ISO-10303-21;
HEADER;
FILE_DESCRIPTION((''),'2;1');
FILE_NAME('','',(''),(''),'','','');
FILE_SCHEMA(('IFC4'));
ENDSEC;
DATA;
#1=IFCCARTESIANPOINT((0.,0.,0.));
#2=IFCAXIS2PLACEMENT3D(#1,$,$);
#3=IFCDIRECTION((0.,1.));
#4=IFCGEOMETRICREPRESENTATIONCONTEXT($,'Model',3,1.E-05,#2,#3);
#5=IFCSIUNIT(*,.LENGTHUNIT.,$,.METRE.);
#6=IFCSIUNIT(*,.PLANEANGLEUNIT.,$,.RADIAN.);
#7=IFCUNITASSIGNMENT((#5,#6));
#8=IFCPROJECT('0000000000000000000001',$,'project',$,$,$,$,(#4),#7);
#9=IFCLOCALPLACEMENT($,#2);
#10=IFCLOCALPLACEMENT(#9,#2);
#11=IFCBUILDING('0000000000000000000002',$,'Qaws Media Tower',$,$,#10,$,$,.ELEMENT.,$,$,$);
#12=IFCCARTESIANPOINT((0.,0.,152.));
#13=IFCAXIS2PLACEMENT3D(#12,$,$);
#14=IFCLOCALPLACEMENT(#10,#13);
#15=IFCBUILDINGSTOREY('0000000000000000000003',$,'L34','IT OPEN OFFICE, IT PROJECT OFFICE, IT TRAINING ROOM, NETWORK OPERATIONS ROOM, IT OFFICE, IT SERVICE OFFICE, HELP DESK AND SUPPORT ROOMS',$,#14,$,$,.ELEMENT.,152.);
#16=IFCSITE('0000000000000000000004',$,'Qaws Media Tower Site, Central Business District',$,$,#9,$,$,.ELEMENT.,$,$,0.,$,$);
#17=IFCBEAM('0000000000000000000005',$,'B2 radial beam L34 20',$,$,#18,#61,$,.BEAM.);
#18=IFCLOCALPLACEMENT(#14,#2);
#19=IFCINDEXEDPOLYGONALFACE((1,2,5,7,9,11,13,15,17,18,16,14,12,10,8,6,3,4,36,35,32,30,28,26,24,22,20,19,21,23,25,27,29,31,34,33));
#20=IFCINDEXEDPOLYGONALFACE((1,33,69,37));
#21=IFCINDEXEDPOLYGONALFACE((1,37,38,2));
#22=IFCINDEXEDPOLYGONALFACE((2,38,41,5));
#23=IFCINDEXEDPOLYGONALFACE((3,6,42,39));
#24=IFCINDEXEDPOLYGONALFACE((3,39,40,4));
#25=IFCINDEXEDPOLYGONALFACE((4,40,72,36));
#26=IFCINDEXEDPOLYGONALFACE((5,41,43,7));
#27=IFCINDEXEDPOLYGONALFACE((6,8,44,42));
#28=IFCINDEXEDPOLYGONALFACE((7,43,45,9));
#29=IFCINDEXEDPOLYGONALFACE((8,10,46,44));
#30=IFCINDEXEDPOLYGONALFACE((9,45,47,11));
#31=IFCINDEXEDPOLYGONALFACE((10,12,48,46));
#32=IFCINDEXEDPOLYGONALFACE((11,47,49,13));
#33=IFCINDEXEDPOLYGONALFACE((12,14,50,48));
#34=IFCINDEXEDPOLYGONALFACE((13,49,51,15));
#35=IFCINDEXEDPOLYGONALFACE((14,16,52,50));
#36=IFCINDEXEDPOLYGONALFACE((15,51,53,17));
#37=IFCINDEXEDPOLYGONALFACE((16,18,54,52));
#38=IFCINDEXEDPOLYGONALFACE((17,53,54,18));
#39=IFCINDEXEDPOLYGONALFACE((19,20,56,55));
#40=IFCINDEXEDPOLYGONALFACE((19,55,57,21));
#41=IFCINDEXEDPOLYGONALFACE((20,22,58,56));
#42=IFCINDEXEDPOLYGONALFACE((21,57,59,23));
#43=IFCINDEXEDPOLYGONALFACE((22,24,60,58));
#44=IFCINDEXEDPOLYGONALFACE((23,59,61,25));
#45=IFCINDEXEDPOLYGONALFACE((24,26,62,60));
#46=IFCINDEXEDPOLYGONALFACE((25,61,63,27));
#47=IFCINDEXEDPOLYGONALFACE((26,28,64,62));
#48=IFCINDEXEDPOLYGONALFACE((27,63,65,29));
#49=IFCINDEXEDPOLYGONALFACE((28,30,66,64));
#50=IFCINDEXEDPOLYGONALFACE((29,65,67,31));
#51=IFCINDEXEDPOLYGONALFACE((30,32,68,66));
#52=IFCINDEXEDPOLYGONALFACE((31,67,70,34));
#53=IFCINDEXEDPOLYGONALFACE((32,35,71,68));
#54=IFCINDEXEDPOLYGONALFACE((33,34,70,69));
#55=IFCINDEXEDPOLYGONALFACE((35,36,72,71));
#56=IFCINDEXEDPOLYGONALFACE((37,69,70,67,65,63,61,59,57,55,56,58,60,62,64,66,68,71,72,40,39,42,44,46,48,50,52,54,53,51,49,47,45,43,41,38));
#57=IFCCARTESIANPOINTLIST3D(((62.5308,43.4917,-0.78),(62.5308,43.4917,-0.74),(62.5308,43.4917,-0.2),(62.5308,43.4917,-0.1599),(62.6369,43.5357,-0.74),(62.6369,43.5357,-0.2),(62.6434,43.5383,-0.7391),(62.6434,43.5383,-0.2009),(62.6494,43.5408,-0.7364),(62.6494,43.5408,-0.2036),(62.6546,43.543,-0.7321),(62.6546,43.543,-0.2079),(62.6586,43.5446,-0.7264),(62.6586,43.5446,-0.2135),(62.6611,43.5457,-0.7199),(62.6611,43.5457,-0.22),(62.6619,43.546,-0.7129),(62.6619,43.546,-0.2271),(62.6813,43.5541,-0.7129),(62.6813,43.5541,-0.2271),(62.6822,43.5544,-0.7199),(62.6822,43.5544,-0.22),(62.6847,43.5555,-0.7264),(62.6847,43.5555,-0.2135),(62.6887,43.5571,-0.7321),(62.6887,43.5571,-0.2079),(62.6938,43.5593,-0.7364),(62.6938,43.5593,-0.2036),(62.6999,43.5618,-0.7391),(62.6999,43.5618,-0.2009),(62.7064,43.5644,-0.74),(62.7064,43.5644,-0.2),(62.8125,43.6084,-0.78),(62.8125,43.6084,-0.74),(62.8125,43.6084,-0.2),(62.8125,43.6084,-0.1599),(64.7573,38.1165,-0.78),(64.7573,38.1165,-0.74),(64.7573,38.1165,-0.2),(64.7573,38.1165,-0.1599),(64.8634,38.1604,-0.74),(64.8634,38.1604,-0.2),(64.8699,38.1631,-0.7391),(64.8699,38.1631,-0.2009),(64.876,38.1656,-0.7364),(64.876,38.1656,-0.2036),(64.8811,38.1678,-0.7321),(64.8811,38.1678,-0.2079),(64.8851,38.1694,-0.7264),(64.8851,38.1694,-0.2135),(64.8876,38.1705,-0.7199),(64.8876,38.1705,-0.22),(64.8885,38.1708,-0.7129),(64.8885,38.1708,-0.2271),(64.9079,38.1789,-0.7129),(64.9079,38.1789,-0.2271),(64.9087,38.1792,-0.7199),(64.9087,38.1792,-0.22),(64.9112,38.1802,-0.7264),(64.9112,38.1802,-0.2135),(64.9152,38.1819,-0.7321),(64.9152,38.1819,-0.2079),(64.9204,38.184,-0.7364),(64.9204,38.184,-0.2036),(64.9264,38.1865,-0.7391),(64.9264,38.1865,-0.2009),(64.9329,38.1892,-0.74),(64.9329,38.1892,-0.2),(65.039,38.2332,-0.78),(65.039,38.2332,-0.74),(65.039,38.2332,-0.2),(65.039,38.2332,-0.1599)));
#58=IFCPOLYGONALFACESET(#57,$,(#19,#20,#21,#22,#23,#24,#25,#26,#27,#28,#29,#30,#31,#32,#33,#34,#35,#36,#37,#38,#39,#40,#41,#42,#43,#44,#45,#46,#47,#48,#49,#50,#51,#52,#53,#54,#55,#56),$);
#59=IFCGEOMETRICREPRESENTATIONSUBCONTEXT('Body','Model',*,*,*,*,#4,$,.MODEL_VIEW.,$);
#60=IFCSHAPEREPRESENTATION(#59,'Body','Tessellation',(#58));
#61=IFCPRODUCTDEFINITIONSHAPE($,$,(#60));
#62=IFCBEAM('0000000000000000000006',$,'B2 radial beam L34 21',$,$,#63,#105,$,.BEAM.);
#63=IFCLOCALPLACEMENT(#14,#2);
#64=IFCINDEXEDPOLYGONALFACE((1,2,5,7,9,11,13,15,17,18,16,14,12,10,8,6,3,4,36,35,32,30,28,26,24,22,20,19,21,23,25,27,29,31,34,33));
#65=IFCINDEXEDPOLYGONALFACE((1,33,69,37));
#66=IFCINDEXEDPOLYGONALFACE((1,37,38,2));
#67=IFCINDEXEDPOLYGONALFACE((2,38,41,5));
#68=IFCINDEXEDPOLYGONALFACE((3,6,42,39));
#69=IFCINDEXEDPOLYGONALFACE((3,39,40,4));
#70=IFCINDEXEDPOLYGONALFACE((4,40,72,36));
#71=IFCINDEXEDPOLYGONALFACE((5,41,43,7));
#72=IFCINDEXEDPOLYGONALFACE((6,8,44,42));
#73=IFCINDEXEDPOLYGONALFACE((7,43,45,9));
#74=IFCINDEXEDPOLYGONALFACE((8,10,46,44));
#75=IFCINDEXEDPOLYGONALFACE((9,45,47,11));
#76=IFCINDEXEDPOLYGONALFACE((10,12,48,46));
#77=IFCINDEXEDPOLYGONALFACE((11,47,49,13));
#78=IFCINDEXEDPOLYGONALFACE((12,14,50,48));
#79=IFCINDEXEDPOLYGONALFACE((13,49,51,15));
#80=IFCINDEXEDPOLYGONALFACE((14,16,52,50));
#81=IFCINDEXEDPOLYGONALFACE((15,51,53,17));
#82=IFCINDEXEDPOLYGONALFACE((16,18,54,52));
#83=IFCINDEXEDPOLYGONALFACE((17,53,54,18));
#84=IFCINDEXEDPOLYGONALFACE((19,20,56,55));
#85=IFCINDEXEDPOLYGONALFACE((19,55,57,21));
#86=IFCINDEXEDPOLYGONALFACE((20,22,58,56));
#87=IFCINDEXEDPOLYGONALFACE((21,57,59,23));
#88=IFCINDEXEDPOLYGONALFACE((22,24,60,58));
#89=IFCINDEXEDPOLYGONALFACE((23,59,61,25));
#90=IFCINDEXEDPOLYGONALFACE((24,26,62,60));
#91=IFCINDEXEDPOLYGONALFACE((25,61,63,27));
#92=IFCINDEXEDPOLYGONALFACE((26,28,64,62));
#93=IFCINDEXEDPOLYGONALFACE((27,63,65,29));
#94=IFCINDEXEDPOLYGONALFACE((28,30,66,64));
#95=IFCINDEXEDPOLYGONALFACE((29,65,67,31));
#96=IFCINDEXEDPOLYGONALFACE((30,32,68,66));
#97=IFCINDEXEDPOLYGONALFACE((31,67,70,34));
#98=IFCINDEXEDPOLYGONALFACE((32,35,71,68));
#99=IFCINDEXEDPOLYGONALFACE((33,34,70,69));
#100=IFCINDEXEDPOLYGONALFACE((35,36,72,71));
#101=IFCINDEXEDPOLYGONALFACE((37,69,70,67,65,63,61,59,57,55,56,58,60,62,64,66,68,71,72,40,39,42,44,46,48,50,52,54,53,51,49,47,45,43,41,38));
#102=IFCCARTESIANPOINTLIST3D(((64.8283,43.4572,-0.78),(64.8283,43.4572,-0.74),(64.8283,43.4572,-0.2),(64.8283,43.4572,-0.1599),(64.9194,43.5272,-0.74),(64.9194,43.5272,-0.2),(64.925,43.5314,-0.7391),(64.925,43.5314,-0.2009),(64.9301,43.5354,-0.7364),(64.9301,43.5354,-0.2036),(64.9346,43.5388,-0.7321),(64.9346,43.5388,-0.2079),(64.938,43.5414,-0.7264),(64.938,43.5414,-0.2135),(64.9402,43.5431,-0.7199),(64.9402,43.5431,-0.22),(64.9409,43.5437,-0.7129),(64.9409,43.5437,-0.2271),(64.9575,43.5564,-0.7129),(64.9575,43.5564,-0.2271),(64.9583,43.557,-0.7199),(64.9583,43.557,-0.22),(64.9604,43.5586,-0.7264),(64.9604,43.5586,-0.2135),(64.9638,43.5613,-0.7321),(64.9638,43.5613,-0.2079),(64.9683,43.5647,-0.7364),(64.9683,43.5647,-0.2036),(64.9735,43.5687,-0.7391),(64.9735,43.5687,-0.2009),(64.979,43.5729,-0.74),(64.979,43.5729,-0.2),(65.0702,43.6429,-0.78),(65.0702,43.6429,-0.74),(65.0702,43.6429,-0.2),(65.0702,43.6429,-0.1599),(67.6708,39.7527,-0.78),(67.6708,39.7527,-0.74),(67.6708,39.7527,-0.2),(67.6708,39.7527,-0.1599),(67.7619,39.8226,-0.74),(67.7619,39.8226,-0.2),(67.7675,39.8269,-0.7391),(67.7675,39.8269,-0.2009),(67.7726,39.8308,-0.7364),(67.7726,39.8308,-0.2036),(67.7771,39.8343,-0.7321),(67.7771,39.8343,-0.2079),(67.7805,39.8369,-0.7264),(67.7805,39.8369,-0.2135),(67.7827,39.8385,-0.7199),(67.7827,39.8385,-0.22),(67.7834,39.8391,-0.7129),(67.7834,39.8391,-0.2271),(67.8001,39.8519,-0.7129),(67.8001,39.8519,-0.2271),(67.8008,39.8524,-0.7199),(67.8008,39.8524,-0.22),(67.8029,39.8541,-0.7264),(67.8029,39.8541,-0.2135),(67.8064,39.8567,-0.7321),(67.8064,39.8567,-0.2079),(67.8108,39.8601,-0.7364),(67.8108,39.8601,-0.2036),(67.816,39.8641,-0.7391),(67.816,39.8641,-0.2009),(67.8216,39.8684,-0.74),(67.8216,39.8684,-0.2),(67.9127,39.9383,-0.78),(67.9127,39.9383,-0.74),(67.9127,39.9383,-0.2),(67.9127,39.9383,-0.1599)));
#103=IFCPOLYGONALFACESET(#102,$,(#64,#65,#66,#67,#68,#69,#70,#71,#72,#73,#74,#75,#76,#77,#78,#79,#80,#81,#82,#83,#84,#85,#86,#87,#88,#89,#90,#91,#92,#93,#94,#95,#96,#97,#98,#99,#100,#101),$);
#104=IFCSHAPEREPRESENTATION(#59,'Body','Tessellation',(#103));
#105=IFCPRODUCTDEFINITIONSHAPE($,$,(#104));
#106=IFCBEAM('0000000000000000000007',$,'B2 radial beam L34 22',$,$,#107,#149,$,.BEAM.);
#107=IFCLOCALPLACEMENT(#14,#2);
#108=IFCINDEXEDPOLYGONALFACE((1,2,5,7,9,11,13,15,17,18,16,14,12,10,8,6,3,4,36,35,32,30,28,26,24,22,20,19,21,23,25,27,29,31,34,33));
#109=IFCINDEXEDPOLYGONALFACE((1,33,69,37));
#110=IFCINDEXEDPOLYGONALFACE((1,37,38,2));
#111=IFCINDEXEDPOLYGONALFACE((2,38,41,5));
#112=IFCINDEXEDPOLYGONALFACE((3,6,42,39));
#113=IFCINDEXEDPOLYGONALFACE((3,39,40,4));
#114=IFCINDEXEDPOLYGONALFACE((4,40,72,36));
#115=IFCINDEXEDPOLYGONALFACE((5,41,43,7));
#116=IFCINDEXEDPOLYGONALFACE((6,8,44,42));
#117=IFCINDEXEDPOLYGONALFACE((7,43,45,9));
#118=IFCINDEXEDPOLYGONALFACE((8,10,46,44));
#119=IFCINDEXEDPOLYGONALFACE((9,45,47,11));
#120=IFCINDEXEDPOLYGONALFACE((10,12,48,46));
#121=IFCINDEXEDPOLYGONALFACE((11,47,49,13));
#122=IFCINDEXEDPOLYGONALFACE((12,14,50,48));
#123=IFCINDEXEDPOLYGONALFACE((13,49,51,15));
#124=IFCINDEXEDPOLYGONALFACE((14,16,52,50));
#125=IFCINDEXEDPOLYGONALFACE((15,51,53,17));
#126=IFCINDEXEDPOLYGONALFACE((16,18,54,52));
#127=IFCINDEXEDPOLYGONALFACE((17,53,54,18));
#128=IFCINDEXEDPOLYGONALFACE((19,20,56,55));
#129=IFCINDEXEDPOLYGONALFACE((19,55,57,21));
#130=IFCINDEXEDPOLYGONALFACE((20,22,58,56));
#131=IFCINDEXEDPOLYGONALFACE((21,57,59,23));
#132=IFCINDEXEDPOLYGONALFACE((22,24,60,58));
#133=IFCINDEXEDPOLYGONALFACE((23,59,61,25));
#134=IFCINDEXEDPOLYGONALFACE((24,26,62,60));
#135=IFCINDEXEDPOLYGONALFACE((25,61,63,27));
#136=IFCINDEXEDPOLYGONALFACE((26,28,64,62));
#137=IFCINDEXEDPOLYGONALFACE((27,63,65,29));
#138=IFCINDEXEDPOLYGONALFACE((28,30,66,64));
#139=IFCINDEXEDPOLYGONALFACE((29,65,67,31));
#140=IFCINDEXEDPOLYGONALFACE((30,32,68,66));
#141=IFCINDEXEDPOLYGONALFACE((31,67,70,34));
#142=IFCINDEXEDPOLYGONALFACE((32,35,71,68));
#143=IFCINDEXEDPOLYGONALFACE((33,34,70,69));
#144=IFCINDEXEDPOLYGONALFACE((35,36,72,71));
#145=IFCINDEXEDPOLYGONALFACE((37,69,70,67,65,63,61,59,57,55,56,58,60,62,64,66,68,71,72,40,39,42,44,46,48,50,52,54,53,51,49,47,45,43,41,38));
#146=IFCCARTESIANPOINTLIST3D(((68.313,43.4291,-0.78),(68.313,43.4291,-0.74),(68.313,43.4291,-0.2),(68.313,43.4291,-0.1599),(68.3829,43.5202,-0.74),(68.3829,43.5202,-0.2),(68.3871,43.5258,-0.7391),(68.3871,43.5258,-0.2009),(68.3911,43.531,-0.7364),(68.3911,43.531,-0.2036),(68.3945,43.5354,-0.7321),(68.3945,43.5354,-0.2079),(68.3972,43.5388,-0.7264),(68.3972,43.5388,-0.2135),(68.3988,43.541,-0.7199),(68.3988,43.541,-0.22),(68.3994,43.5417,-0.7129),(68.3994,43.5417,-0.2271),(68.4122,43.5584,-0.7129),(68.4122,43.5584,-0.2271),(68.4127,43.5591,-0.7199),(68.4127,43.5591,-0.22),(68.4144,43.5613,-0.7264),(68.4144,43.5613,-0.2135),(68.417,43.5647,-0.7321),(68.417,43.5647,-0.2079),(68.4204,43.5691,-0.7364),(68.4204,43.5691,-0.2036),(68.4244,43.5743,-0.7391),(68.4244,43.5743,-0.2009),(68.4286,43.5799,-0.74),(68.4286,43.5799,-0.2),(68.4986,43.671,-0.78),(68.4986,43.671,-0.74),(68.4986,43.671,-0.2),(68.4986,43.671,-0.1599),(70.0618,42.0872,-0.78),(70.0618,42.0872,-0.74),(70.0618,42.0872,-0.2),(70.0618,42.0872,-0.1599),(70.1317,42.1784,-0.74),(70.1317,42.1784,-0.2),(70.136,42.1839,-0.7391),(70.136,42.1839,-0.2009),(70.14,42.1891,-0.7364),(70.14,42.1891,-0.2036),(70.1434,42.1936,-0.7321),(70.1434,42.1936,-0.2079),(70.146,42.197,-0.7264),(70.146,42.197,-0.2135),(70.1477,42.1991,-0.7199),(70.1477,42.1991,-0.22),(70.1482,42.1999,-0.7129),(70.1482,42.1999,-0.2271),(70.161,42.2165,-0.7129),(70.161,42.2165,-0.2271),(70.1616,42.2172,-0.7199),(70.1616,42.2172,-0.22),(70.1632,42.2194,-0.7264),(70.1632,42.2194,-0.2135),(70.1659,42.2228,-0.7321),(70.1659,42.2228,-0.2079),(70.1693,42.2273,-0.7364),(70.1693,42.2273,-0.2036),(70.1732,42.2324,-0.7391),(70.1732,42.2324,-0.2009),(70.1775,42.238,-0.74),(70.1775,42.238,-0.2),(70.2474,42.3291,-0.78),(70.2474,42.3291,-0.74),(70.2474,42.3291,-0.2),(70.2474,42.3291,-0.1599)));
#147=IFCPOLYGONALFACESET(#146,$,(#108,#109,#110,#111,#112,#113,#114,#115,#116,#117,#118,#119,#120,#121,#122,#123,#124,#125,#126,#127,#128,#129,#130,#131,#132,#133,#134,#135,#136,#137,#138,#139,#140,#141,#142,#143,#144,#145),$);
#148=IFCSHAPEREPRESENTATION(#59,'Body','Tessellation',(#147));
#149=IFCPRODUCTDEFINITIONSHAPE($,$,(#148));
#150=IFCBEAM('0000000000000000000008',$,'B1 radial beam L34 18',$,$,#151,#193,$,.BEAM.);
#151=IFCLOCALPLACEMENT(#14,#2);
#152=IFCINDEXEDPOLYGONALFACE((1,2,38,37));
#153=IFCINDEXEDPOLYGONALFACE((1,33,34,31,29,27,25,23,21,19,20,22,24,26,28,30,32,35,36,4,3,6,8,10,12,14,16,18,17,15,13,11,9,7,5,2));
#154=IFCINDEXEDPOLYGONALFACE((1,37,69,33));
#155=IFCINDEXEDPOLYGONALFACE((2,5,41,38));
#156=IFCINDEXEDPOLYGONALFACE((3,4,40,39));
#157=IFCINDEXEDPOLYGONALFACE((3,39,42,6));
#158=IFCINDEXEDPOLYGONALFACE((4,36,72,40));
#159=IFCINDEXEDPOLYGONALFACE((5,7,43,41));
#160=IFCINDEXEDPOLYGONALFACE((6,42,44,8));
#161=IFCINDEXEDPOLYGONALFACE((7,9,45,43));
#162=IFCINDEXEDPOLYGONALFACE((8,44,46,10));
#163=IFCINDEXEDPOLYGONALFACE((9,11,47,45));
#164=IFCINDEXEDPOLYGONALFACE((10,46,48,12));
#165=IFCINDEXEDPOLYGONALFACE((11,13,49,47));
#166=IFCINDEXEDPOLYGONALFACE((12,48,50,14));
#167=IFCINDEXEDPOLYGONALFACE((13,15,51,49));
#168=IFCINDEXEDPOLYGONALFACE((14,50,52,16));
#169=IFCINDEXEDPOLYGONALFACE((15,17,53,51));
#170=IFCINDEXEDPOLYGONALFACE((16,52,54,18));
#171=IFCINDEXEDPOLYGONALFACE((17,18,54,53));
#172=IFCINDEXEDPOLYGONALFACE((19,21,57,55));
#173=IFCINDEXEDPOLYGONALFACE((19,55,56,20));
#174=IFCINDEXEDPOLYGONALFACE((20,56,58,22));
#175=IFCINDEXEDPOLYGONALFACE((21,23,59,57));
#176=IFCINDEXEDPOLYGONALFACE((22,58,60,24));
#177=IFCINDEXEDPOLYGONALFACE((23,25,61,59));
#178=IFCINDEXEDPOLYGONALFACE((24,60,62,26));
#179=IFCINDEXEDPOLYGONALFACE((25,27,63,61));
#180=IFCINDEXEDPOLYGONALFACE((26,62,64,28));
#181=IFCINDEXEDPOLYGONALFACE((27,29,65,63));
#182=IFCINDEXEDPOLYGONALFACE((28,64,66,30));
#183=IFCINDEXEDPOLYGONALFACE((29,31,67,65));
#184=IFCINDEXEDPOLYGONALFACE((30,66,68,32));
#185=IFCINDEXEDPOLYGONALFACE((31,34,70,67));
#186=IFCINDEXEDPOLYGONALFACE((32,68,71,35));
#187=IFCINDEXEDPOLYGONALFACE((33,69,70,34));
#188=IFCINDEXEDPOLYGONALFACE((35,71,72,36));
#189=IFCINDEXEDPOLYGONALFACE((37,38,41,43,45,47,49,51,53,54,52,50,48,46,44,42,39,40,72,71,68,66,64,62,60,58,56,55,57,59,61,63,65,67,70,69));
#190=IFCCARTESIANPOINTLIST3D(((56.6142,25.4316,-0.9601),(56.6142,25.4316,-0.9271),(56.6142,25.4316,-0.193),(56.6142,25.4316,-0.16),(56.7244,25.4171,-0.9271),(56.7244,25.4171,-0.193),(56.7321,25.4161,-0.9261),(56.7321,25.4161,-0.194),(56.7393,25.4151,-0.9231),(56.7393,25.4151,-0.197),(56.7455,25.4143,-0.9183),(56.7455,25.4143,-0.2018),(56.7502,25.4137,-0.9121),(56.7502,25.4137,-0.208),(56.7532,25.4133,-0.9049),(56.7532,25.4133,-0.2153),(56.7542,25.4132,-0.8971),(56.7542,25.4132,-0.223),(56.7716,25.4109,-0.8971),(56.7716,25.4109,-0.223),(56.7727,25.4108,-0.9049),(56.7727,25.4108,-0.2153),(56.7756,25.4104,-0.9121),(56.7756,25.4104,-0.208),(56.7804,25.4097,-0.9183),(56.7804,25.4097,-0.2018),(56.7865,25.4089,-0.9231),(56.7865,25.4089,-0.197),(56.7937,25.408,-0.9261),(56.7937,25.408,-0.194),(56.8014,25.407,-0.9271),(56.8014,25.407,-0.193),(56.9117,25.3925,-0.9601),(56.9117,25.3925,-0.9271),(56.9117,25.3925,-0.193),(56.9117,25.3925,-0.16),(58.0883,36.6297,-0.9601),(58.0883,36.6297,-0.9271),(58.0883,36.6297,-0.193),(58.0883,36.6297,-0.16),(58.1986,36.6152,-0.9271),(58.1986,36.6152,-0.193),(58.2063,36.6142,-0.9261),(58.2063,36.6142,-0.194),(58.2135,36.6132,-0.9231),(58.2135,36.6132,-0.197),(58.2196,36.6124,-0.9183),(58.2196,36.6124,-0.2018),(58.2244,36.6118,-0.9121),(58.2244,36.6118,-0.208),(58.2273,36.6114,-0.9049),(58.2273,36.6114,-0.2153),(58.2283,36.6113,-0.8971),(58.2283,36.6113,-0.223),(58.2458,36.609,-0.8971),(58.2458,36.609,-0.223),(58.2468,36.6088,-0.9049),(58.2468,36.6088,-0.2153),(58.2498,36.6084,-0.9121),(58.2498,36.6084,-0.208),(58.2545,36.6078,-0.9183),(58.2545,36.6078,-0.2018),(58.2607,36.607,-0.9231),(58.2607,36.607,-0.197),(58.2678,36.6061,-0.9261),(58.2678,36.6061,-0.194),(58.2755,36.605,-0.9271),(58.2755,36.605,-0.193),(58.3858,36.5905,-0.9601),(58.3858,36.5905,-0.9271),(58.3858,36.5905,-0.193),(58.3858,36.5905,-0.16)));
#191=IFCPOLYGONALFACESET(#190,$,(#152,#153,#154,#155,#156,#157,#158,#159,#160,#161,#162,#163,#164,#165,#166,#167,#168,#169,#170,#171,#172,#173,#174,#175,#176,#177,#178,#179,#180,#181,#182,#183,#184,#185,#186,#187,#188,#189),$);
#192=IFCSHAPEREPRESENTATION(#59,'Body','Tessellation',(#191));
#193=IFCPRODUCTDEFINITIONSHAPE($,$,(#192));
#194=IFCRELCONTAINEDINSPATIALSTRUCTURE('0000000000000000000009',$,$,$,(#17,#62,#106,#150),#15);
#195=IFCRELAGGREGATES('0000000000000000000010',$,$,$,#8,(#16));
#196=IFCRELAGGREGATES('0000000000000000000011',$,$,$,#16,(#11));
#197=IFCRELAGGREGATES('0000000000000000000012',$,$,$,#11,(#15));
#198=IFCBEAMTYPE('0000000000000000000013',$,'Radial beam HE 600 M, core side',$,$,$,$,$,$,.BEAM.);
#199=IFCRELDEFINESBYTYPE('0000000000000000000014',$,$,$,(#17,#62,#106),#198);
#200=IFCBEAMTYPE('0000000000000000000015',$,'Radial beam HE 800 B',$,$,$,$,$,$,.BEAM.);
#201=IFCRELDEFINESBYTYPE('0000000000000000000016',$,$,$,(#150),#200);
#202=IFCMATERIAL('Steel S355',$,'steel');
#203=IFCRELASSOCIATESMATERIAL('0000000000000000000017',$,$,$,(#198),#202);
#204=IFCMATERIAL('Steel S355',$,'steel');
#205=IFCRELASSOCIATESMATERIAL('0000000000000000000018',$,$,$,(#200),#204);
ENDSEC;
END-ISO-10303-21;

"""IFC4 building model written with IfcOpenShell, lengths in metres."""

from ifc_helpers import new_model, si_unit, direction, frame, origin, origin_2d, place, context, subcontext, project, spatial, i_section, extrude, material, material_profile, profile_set, type_object, element, save


model = new_model("IFC4")

# Units and contexts
model_context = context("Model", 3, precision=1e-05, world=origin(), true_north=direction((0.0, 1.0)))
body_context = subcontext(model_context, "Body", "Model", "MODEL_VIEW")
ifc_project = project(units=[si_unit("LENGTHUNIT", "METRE"), si_unit("PLANEANGLEUNIT", "RADIAN")], contexts=[model_context])

# Site, building, storey
site_placement = place(None, origin())
site = spatial("IfcSite", under=ifc_project, at=site_placement, Name="Qaws Media Tower Site, Central Business District", CompositionType="ELEMENT", RefElevation=0.0)
building_placement = place(site_placement, origin())
building = spatial("IfcBuilding", under=site, at=building_placement, Name="Qaws Media Tower", CompositionType="ELEMENT")
storey_placement = place(building_placement, frame((0.0, 0.0, 152.0)))
storey = spatial("IfcBuildingStorey", under=building, at=storey_placement, Name="L34", Description="IT OPEN OFFICE, IT PROJECT OFFICE, IT TRAINING ROOM, NETWORK OPERATIONS ROOM, IT OFFICE, IT SERVICE OFFICE, HELP DESK AND SUPPORT ROOMS", CompositionType="ELEMENT", Elevation=152.0)

# Beams
ifc_material_1 = material(Name="Steel S355", Category="steel")
ifc_material_profile_1 = material_profile(ifc_material_1, i_section(OverallWidth=0.3049, OverallDepth=0.6201, WebThickness=0.021, FlangeThickness=0.04, FilletRadius=0.0271, at=origin_2d()), Name="HE 600 M")
ifc_profile_set_1 = profile_set([ifc_material_profile_1], Name="Steel S355")
beam_type_1 = type_object("IfcBeamType", Name="Radial beam HE 600 M, core side", PredefinedType="BEAM", material=ifc_profile_set_1)
beam_1_placement = place(storey_placement, frame((62.6716, 43.55, -0.47), z_axis=(0.382693, -0.923876, 0.0), x_axis=(0.923876, 0.382693, 0.0)))
element("IfcBeam", 1, at=beam_1_placement, inside=storey, type_object=beam_type_1, Name="B2 radial beam L34 20", PredefinedType="BEAM", context=body_context, shape_type="SweptSolid", body=[
    extrude(i_section(OverallWidth=0.3049, OverallDepth=0.6201, WebThickness=0.021, FlangeThickness=0.04, FilletRadius=0.0271, at=origin_2d()), origin(), (0.0, 0.0, 1.0), 5.8181),
])
beam_2_placement = place(storey_placement, frame((64.9492, 43.55, -0.47), z_axis=(0.608748, -0.793364, 0.0), x_axis=(0.793364, 0.608748, 0.0)))
element("IfcBeam", 2, at=beam_2_placement, inside=storey, type_object=beam_type_1, Name="B2 radial beam L34 21", PredefinedType="BEAM", context=body_context, shape_type="SweptSolid", body=[
    extrude(i_section(OverallWidth=0.3049, OverallDepth=0.6201, WebThickness=0.021, FlangeThickness=0.04, FilletRadius=0.0271, at=origin_2d()), origin(), (0.0, 0.0, 1.0), 4.6694),
])
beam_3_placement = place(storey_placement, frame((68.4058, 43.55, -0.47), z_axis=(0.793373, -0.608736, 0.0), x_axis=(0.608736, 0.793373, 0.0)))
element("IfcBeam", 3, at=beam_3_placement, inside=storey, type_object=beam_type_1, Name="B2 radial beam L34 22", PredefinedType="BEAM", context=body_context, shape_type="SweptSolid", body=[
    extrude(i_section(OverallWidth=0.3049, OverallDepth=0.6201, WebThickness=0.021, FlangeThickness=0.04, FilletRadius=0.0271, at=origin_2d()), origin(), (0.0, 0.0, 1.0), 2.2043),
])
ifc_material_2 = material(Name="Steel S355", Category="steel")
ifc_material_profile_2 = material_profile(ifc_material_2, i_section(OverallWidth=0.3, OverallDepth=0.8, WebThickness=0.0176, FlangeThickness=0.033, FilletRadius=0.03, at=origin_2d()), Name="HE 800 B")
ifc_profile_set_2 = profile_set([ifc_material_profile_2], Name="Steel S355")
beam_type_2 = type_object("IfcBeamType", Name="Radial beam HE 800 B", PredefinedType="BEAM", material=ifc_profile_set_2)
for number, where, z_axis, x_axis, name in (
    (4, (58.2371, 36.6101, -0.5601), (-0.130515, -0.991446, 0.0), (0.991446, -0.130515, 0.0), "B1 radial beam L34 18"),
):
    element("IfcBeam", number, at=place(storey_placement, frame(where, z_axis=z_axis, x_axis=x_axis)), inside=storey, type_object=beam_type_2, Name=name, PredefinedType="BEAM", context=body_context, shape_type="SweptSolid", body=[
        extrude(i_section(OverallWidth=0.3, OverallDepth=0.8, WebThickness=0.0176, FlangeThickness=0.033, FilletRadius=0.03, at=origin_2d()), origin(), (0.0, 0.0, 1.0), 11.2947),
    ])

save(model, "model.ifc")
